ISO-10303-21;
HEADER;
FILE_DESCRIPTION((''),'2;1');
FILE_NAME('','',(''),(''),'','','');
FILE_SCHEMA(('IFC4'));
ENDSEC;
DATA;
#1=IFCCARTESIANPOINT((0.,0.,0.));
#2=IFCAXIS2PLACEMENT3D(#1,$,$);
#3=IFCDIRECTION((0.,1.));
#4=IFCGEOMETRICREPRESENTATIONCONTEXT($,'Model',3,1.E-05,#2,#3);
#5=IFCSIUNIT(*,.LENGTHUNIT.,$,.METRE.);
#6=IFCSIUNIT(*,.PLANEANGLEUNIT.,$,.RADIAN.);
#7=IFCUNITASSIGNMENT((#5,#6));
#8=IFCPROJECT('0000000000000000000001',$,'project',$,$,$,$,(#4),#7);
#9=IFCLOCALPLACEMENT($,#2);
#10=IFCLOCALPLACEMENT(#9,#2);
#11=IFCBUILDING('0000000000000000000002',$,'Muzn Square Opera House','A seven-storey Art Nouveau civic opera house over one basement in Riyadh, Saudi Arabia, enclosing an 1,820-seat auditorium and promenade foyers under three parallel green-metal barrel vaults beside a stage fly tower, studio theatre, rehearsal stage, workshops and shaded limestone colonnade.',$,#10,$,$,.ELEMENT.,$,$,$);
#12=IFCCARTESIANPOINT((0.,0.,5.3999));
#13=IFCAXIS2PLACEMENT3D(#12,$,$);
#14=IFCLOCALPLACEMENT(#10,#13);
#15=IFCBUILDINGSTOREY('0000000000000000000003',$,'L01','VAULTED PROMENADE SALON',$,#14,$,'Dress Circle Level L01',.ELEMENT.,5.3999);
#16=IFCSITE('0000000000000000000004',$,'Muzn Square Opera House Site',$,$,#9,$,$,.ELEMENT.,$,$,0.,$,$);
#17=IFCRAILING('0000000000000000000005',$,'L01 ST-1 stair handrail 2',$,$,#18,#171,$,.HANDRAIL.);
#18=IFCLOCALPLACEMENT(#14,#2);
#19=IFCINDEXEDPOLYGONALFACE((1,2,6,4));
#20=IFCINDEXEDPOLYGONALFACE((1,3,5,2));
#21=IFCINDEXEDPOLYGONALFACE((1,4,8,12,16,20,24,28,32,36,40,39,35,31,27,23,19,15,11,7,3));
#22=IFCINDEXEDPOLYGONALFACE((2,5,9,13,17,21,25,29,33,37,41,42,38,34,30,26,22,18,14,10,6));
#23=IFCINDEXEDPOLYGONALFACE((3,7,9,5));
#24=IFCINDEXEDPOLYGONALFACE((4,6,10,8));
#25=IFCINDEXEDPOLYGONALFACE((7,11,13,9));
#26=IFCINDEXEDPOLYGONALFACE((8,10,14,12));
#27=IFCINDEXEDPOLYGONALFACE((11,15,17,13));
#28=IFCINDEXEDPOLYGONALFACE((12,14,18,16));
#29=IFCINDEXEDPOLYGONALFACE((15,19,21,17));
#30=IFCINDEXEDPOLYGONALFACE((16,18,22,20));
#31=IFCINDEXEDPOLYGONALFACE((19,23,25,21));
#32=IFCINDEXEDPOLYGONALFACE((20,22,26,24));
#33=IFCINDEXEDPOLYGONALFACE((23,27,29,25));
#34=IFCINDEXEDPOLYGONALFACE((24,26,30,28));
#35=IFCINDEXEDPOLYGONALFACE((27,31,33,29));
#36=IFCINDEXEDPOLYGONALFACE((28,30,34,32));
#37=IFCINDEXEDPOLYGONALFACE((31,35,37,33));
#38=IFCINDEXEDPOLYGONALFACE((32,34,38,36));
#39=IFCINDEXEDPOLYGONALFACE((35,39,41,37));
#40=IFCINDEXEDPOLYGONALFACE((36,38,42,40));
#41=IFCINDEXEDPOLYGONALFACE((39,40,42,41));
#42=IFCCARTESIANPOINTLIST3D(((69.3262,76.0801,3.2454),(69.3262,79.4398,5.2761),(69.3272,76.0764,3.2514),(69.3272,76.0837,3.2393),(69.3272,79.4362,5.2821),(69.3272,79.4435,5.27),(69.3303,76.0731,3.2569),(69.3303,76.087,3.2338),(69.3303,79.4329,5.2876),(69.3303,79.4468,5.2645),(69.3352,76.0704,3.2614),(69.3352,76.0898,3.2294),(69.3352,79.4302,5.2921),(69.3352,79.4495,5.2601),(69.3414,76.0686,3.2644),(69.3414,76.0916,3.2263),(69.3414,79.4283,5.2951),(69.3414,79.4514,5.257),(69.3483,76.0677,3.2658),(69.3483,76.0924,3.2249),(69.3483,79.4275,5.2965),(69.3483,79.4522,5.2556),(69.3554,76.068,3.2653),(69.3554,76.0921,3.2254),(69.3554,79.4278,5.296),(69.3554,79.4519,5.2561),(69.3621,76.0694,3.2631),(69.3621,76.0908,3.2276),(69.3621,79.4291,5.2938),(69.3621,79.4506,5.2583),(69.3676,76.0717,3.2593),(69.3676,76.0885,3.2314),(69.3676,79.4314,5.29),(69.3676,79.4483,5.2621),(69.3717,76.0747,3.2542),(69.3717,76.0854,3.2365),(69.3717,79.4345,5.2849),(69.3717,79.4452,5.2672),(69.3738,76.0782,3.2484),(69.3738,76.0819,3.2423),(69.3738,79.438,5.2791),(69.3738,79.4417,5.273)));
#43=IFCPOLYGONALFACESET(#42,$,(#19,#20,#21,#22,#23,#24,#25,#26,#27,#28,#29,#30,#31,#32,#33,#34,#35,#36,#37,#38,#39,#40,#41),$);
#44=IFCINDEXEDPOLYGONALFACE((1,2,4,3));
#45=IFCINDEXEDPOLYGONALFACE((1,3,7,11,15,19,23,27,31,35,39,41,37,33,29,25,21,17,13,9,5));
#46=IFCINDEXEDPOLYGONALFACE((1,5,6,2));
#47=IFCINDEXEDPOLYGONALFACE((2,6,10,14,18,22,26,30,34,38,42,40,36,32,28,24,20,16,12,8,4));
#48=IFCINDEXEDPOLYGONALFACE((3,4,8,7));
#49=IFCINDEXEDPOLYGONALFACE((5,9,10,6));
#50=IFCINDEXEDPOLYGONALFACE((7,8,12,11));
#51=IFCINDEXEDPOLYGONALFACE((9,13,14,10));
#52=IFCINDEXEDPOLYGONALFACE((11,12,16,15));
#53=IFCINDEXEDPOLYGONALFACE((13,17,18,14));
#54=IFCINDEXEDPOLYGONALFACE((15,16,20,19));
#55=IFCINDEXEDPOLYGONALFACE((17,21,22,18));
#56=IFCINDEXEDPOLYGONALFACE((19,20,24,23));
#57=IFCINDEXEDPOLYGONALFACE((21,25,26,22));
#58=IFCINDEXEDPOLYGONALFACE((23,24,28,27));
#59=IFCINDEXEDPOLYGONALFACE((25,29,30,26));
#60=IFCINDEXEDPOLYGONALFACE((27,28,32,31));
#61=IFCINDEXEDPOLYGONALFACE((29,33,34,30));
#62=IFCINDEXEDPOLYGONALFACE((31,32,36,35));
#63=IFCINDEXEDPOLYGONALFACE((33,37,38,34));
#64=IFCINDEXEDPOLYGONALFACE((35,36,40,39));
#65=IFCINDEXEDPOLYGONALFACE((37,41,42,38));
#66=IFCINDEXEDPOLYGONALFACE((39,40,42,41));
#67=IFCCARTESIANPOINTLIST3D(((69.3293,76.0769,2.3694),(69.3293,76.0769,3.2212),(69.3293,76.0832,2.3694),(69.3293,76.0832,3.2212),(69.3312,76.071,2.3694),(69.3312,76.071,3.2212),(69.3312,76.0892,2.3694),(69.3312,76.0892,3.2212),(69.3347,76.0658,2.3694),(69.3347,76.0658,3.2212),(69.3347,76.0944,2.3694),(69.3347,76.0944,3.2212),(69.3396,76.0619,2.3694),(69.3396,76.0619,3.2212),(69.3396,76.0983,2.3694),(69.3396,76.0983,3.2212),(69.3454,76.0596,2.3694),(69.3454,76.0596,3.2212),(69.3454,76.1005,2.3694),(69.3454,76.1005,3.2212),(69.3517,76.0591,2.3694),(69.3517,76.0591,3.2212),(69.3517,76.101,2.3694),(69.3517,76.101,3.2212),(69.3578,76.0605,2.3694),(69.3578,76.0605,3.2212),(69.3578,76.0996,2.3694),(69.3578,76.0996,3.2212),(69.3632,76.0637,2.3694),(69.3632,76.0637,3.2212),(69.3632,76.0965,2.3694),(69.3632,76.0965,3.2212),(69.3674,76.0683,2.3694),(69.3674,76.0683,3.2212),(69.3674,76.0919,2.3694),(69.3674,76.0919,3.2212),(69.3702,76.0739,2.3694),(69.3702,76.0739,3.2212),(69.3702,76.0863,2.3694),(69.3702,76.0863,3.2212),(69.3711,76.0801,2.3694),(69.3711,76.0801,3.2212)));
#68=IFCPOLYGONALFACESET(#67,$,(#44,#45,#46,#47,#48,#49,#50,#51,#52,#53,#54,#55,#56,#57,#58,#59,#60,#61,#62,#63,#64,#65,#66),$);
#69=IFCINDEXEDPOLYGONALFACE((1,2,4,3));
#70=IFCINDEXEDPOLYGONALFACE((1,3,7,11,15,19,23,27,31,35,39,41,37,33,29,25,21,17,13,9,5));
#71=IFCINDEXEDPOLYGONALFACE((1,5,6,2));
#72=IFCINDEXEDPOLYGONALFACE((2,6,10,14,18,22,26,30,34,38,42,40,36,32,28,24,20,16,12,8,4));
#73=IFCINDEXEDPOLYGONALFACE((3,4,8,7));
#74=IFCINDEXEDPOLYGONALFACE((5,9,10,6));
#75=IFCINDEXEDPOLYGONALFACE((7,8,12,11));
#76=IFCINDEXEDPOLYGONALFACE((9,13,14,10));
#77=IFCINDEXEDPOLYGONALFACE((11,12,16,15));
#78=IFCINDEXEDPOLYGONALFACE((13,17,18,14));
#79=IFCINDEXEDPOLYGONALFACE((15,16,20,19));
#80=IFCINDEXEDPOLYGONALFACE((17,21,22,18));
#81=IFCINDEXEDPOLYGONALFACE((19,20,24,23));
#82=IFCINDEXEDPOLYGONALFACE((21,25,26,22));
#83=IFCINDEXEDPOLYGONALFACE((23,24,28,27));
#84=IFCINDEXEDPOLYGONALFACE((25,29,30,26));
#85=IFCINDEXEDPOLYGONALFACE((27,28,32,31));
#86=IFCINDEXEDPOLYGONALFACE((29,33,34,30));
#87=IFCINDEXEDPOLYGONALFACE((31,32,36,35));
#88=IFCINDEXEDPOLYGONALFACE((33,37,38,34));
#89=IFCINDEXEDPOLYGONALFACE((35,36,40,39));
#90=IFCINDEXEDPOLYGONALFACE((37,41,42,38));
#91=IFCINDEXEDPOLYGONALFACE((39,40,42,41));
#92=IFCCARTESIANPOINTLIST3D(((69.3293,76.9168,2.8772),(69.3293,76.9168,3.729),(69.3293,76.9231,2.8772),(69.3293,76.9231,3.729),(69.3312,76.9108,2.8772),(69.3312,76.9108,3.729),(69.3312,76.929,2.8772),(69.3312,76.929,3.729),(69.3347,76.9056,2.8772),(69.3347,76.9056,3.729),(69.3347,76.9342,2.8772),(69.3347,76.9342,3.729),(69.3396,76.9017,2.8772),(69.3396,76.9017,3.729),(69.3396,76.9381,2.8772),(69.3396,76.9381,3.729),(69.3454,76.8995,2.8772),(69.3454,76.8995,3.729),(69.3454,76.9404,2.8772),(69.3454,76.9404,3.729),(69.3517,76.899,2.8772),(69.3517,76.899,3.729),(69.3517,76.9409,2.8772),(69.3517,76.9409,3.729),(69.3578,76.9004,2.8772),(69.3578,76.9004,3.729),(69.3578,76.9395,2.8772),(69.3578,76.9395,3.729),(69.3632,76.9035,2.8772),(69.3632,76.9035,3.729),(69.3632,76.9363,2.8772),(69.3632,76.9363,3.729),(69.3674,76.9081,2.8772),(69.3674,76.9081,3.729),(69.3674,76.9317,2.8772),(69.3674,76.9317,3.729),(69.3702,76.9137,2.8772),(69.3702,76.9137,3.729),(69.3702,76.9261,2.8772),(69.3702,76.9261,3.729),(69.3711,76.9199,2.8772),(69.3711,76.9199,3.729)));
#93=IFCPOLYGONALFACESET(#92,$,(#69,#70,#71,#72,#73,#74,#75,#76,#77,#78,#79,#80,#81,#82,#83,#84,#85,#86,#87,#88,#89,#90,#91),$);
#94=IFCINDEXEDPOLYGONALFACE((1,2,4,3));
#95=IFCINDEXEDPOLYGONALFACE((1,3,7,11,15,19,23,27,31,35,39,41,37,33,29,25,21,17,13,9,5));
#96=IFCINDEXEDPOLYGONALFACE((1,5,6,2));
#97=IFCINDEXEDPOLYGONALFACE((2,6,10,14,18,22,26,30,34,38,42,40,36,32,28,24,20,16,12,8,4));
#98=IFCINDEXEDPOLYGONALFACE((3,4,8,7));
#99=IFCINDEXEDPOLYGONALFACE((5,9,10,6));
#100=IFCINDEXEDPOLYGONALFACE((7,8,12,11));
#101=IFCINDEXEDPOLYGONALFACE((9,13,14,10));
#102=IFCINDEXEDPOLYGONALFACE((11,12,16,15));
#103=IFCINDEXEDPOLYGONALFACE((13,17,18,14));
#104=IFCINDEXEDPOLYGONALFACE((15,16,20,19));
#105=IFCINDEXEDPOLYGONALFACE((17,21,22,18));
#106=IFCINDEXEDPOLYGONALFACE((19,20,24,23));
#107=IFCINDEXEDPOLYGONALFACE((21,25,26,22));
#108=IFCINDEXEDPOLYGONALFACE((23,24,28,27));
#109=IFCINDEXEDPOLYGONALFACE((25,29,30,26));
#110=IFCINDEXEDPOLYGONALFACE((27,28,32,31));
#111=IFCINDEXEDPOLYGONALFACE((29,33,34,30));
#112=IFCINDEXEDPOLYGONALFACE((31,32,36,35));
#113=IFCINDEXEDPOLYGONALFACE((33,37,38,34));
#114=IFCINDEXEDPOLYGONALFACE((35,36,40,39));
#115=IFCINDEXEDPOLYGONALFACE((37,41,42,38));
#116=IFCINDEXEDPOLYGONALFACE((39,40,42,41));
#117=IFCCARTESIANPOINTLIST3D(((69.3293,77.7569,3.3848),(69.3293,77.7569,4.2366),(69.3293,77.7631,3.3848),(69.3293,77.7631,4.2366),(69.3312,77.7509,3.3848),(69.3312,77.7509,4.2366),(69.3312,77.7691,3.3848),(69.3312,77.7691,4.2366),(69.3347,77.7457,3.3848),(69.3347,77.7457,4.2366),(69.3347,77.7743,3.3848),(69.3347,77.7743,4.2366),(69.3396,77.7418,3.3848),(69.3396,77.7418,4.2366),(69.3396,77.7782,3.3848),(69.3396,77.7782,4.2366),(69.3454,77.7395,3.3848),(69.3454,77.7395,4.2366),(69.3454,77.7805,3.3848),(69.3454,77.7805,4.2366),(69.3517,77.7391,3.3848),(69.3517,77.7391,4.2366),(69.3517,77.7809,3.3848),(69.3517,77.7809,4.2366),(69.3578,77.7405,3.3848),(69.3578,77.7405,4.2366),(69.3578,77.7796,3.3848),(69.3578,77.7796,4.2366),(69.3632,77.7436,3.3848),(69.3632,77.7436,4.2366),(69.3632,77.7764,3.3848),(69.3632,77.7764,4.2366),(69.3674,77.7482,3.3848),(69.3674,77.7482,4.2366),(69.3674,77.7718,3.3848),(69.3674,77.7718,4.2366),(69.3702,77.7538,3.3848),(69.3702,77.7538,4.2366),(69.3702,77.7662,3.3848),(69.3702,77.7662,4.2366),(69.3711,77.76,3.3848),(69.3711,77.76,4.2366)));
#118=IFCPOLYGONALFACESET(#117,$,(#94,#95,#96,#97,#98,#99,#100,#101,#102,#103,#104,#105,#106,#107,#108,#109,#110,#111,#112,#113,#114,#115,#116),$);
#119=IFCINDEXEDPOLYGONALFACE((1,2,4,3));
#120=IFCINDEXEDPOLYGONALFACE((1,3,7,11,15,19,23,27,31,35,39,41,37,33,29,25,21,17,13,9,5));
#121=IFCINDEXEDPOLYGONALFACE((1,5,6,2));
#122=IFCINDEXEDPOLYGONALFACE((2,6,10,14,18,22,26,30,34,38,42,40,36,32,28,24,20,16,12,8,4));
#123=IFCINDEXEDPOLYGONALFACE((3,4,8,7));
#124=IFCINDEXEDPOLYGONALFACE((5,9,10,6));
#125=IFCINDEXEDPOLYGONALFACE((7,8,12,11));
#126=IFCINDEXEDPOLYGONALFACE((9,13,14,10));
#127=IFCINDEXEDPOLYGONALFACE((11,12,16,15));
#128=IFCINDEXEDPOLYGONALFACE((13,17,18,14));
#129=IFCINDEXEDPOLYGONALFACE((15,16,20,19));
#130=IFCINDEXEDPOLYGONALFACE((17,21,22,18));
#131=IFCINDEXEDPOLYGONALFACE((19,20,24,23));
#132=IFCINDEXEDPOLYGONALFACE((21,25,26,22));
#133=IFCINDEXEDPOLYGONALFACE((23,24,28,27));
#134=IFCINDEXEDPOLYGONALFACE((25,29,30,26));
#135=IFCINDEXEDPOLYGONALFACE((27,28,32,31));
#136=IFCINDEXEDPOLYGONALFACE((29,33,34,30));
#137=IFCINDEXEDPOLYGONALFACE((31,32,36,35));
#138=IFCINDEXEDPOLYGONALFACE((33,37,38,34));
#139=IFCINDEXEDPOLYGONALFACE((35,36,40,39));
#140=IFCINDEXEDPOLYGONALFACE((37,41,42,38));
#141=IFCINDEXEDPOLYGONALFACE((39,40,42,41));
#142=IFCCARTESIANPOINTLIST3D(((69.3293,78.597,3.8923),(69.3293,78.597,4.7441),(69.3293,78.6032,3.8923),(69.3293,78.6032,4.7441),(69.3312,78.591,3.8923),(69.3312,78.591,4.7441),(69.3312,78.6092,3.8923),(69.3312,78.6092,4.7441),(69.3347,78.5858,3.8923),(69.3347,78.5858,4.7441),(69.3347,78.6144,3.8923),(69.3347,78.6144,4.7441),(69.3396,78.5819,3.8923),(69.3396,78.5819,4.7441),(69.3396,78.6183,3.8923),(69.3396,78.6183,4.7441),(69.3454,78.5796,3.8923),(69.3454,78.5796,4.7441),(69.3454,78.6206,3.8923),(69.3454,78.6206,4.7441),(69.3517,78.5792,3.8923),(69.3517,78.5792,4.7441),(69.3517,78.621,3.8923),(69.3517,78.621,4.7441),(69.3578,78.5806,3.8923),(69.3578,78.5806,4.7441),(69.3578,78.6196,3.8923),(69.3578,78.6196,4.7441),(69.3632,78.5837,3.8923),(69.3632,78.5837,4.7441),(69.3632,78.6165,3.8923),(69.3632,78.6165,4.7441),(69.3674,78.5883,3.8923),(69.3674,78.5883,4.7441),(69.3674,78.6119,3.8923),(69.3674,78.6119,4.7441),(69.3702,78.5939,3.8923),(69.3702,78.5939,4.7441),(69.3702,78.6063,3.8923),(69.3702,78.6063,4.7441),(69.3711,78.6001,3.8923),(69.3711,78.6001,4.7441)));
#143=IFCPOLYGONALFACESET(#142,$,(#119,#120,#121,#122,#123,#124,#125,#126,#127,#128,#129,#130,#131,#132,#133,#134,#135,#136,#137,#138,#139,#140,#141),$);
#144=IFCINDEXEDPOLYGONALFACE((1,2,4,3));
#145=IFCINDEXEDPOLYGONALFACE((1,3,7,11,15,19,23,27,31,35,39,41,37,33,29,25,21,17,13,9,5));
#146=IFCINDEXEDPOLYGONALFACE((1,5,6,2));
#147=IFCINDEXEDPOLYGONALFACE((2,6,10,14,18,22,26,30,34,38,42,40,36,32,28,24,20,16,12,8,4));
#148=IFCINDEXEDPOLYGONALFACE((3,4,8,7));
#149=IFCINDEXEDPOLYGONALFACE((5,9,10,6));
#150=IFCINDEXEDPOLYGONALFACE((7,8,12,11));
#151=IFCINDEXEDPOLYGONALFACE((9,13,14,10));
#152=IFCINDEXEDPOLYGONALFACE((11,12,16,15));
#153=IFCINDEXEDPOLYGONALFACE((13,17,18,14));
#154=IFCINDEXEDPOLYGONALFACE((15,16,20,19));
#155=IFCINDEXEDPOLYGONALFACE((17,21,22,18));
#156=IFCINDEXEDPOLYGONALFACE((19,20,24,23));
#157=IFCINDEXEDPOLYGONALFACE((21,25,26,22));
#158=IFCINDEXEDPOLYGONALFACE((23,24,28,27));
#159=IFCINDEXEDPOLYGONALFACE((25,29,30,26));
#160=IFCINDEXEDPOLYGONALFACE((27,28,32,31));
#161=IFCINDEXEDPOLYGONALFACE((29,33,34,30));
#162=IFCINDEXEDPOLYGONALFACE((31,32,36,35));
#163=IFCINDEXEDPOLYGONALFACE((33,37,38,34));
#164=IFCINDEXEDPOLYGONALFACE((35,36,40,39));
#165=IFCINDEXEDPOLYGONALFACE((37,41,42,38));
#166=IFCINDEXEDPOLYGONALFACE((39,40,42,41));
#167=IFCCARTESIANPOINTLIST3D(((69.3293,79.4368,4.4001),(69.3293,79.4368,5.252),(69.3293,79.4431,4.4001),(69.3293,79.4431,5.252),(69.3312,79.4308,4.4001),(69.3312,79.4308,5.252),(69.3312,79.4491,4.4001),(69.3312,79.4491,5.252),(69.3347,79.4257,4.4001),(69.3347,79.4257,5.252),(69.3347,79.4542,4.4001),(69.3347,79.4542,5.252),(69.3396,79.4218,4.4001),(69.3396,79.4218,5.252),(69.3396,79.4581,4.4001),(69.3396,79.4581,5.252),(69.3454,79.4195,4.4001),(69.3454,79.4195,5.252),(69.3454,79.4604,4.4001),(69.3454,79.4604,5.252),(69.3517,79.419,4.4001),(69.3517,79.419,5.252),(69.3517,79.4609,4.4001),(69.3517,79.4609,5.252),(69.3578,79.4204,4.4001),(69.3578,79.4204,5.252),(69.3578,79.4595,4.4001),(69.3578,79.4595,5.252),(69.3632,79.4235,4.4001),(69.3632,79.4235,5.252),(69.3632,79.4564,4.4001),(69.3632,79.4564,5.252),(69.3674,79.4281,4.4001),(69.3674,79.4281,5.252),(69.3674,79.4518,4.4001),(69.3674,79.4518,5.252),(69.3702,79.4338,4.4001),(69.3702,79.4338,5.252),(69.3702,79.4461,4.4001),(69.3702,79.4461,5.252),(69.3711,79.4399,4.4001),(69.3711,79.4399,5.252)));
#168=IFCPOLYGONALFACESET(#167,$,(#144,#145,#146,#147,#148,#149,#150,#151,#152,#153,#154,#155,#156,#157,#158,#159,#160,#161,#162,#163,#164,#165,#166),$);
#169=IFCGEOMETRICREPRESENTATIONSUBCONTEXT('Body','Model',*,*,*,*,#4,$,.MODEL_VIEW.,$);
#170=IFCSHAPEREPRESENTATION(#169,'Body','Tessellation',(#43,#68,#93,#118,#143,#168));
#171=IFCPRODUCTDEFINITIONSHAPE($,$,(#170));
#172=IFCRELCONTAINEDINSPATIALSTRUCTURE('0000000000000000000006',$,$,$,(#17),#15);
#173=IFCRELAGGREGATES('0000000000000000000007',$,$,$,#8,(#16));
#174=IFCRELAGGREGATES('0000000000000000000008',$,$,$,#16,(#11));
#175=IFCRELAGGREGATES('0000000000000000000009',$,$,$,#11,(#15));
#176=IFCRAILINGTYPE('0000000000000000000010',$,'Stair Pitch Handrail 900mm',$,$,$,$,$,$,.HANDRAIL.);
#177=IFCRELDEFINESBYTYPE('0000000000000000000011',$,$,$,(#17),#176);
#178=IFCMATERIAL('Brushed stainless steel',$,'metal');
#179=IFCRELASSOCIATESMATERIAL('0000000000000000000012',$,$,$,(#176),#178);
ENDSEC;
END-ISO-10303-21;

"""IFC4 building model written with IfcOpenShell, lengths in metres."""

from ifc_helpers import new_model, si_unit, direction, frame, origin, origin_2d, place, context, subcontext, project, spatial, circle, extrude, material, type_object, element, save


model = new_model("IFC4")

# Units and contexts
model_context = context("Model", 3, precision=1e-05, world=origin(), true_north=direction((0.0, 1.0)))
body_context = subcontext(model_context, "Body", "Model", "MODEL_VIEW")
ifc_project = project(units=[si_unit("LENGTHUNIT", "METRE"), si_unit("PLANEANGLEUNIT", "RADIAN")], contexts=[model_context])

# Site, building, storey
site_placement = place(None, origin())
site = spatial("IfcSite", under=ifc_project, at=site_placement, Name="Muzn Square Opera House Site", CompositionType="ELEMENT", RefElevation=0.0)
building_placement = place(site_placement, origin())
building = spatial("IfcBuilding", under=site, at=building_placement, Name="Muzn Square Opera House", Description="A seven-storey Art Nouveau civic opera house over one basement in Riyadh, Saudi Arabia, enclosing an 1,820-seat auditorium and promenade foyers under three parallel green-metal barrel vaults beside a stage fly tower, studio theatre, rehearsal stage, workshops and shaded limestone colonnade.", CompositionType="ELEMENT")
storey_placement = place(building_placement, frame((0.0, 0.0, 5.3999)))
storey = spatial("IfcBuildingStorey", under=building, at=storey_placement, Name="L01", Description="VAULTED PROMENADE SALON", LongName="Dress Circle Level L01", CompositionType="ELEMENT", Elevation=5.3999)

# Shared definitions
ifc_material_1 = material(Name="Brushed stainless steel", Category="metal")

# Railing
railing_type_1 = type_object("IfcRailingType", Name="Stair Pitch Handrail 900mm", PredefinedType="HANDRAIL", material=ifc_material_1)
railing_1_placement = place(storey_placement, frame((69.3501, 76.0801, 2.3694)))
element("IfcRailing", 1, at=railing_1_placement, inside=storey, type_object=railing_type_1, Name="L01 ST-1 stair handrail 2", PredefinedType="HANDRAIL", context=body_context, shape_type="SweptSolid", body=[
    extrude(circle(Radius=0.0239, at=origin_2d()), frame((0.0, 0.0, 0.876), z_axis=(0.0, 0.85582, 0.517273), x_axis=(-1.0, 0.0, 0.0)), (0.0, 0.0, 1.0), 3.9258),
    extrude(circle(Radius=0.021, at=origin_2d()), origin(), (0.0, 0.0, 1.0), 0.8518),
    extrude(circle(Radius=0.021, at=origin_2d()), frame((0.0, 0.8398, 0.5078)), (0.0, 0.0, 1.0), 0.8518),
    extrude(circle(Radius=0.021, at=origin_2d()), frame((0.0, 1.6799, 1.0154)), (0.0, 0.0, 1.0), 0.8518),
    extrude(circle(Radius=0.021, at=origin_2d()), frame((0.0, 2.52, 1.5229)), (0.0, 0.0, 1.0), 0.8518),
    extrude(circle(Radius=0.021, at=origin_2d()), frame((0.0, 3.3599, 2.0308)), (0.0, 0.0, 1.0), 0.8518),
])

save(model, "model.ifc")
